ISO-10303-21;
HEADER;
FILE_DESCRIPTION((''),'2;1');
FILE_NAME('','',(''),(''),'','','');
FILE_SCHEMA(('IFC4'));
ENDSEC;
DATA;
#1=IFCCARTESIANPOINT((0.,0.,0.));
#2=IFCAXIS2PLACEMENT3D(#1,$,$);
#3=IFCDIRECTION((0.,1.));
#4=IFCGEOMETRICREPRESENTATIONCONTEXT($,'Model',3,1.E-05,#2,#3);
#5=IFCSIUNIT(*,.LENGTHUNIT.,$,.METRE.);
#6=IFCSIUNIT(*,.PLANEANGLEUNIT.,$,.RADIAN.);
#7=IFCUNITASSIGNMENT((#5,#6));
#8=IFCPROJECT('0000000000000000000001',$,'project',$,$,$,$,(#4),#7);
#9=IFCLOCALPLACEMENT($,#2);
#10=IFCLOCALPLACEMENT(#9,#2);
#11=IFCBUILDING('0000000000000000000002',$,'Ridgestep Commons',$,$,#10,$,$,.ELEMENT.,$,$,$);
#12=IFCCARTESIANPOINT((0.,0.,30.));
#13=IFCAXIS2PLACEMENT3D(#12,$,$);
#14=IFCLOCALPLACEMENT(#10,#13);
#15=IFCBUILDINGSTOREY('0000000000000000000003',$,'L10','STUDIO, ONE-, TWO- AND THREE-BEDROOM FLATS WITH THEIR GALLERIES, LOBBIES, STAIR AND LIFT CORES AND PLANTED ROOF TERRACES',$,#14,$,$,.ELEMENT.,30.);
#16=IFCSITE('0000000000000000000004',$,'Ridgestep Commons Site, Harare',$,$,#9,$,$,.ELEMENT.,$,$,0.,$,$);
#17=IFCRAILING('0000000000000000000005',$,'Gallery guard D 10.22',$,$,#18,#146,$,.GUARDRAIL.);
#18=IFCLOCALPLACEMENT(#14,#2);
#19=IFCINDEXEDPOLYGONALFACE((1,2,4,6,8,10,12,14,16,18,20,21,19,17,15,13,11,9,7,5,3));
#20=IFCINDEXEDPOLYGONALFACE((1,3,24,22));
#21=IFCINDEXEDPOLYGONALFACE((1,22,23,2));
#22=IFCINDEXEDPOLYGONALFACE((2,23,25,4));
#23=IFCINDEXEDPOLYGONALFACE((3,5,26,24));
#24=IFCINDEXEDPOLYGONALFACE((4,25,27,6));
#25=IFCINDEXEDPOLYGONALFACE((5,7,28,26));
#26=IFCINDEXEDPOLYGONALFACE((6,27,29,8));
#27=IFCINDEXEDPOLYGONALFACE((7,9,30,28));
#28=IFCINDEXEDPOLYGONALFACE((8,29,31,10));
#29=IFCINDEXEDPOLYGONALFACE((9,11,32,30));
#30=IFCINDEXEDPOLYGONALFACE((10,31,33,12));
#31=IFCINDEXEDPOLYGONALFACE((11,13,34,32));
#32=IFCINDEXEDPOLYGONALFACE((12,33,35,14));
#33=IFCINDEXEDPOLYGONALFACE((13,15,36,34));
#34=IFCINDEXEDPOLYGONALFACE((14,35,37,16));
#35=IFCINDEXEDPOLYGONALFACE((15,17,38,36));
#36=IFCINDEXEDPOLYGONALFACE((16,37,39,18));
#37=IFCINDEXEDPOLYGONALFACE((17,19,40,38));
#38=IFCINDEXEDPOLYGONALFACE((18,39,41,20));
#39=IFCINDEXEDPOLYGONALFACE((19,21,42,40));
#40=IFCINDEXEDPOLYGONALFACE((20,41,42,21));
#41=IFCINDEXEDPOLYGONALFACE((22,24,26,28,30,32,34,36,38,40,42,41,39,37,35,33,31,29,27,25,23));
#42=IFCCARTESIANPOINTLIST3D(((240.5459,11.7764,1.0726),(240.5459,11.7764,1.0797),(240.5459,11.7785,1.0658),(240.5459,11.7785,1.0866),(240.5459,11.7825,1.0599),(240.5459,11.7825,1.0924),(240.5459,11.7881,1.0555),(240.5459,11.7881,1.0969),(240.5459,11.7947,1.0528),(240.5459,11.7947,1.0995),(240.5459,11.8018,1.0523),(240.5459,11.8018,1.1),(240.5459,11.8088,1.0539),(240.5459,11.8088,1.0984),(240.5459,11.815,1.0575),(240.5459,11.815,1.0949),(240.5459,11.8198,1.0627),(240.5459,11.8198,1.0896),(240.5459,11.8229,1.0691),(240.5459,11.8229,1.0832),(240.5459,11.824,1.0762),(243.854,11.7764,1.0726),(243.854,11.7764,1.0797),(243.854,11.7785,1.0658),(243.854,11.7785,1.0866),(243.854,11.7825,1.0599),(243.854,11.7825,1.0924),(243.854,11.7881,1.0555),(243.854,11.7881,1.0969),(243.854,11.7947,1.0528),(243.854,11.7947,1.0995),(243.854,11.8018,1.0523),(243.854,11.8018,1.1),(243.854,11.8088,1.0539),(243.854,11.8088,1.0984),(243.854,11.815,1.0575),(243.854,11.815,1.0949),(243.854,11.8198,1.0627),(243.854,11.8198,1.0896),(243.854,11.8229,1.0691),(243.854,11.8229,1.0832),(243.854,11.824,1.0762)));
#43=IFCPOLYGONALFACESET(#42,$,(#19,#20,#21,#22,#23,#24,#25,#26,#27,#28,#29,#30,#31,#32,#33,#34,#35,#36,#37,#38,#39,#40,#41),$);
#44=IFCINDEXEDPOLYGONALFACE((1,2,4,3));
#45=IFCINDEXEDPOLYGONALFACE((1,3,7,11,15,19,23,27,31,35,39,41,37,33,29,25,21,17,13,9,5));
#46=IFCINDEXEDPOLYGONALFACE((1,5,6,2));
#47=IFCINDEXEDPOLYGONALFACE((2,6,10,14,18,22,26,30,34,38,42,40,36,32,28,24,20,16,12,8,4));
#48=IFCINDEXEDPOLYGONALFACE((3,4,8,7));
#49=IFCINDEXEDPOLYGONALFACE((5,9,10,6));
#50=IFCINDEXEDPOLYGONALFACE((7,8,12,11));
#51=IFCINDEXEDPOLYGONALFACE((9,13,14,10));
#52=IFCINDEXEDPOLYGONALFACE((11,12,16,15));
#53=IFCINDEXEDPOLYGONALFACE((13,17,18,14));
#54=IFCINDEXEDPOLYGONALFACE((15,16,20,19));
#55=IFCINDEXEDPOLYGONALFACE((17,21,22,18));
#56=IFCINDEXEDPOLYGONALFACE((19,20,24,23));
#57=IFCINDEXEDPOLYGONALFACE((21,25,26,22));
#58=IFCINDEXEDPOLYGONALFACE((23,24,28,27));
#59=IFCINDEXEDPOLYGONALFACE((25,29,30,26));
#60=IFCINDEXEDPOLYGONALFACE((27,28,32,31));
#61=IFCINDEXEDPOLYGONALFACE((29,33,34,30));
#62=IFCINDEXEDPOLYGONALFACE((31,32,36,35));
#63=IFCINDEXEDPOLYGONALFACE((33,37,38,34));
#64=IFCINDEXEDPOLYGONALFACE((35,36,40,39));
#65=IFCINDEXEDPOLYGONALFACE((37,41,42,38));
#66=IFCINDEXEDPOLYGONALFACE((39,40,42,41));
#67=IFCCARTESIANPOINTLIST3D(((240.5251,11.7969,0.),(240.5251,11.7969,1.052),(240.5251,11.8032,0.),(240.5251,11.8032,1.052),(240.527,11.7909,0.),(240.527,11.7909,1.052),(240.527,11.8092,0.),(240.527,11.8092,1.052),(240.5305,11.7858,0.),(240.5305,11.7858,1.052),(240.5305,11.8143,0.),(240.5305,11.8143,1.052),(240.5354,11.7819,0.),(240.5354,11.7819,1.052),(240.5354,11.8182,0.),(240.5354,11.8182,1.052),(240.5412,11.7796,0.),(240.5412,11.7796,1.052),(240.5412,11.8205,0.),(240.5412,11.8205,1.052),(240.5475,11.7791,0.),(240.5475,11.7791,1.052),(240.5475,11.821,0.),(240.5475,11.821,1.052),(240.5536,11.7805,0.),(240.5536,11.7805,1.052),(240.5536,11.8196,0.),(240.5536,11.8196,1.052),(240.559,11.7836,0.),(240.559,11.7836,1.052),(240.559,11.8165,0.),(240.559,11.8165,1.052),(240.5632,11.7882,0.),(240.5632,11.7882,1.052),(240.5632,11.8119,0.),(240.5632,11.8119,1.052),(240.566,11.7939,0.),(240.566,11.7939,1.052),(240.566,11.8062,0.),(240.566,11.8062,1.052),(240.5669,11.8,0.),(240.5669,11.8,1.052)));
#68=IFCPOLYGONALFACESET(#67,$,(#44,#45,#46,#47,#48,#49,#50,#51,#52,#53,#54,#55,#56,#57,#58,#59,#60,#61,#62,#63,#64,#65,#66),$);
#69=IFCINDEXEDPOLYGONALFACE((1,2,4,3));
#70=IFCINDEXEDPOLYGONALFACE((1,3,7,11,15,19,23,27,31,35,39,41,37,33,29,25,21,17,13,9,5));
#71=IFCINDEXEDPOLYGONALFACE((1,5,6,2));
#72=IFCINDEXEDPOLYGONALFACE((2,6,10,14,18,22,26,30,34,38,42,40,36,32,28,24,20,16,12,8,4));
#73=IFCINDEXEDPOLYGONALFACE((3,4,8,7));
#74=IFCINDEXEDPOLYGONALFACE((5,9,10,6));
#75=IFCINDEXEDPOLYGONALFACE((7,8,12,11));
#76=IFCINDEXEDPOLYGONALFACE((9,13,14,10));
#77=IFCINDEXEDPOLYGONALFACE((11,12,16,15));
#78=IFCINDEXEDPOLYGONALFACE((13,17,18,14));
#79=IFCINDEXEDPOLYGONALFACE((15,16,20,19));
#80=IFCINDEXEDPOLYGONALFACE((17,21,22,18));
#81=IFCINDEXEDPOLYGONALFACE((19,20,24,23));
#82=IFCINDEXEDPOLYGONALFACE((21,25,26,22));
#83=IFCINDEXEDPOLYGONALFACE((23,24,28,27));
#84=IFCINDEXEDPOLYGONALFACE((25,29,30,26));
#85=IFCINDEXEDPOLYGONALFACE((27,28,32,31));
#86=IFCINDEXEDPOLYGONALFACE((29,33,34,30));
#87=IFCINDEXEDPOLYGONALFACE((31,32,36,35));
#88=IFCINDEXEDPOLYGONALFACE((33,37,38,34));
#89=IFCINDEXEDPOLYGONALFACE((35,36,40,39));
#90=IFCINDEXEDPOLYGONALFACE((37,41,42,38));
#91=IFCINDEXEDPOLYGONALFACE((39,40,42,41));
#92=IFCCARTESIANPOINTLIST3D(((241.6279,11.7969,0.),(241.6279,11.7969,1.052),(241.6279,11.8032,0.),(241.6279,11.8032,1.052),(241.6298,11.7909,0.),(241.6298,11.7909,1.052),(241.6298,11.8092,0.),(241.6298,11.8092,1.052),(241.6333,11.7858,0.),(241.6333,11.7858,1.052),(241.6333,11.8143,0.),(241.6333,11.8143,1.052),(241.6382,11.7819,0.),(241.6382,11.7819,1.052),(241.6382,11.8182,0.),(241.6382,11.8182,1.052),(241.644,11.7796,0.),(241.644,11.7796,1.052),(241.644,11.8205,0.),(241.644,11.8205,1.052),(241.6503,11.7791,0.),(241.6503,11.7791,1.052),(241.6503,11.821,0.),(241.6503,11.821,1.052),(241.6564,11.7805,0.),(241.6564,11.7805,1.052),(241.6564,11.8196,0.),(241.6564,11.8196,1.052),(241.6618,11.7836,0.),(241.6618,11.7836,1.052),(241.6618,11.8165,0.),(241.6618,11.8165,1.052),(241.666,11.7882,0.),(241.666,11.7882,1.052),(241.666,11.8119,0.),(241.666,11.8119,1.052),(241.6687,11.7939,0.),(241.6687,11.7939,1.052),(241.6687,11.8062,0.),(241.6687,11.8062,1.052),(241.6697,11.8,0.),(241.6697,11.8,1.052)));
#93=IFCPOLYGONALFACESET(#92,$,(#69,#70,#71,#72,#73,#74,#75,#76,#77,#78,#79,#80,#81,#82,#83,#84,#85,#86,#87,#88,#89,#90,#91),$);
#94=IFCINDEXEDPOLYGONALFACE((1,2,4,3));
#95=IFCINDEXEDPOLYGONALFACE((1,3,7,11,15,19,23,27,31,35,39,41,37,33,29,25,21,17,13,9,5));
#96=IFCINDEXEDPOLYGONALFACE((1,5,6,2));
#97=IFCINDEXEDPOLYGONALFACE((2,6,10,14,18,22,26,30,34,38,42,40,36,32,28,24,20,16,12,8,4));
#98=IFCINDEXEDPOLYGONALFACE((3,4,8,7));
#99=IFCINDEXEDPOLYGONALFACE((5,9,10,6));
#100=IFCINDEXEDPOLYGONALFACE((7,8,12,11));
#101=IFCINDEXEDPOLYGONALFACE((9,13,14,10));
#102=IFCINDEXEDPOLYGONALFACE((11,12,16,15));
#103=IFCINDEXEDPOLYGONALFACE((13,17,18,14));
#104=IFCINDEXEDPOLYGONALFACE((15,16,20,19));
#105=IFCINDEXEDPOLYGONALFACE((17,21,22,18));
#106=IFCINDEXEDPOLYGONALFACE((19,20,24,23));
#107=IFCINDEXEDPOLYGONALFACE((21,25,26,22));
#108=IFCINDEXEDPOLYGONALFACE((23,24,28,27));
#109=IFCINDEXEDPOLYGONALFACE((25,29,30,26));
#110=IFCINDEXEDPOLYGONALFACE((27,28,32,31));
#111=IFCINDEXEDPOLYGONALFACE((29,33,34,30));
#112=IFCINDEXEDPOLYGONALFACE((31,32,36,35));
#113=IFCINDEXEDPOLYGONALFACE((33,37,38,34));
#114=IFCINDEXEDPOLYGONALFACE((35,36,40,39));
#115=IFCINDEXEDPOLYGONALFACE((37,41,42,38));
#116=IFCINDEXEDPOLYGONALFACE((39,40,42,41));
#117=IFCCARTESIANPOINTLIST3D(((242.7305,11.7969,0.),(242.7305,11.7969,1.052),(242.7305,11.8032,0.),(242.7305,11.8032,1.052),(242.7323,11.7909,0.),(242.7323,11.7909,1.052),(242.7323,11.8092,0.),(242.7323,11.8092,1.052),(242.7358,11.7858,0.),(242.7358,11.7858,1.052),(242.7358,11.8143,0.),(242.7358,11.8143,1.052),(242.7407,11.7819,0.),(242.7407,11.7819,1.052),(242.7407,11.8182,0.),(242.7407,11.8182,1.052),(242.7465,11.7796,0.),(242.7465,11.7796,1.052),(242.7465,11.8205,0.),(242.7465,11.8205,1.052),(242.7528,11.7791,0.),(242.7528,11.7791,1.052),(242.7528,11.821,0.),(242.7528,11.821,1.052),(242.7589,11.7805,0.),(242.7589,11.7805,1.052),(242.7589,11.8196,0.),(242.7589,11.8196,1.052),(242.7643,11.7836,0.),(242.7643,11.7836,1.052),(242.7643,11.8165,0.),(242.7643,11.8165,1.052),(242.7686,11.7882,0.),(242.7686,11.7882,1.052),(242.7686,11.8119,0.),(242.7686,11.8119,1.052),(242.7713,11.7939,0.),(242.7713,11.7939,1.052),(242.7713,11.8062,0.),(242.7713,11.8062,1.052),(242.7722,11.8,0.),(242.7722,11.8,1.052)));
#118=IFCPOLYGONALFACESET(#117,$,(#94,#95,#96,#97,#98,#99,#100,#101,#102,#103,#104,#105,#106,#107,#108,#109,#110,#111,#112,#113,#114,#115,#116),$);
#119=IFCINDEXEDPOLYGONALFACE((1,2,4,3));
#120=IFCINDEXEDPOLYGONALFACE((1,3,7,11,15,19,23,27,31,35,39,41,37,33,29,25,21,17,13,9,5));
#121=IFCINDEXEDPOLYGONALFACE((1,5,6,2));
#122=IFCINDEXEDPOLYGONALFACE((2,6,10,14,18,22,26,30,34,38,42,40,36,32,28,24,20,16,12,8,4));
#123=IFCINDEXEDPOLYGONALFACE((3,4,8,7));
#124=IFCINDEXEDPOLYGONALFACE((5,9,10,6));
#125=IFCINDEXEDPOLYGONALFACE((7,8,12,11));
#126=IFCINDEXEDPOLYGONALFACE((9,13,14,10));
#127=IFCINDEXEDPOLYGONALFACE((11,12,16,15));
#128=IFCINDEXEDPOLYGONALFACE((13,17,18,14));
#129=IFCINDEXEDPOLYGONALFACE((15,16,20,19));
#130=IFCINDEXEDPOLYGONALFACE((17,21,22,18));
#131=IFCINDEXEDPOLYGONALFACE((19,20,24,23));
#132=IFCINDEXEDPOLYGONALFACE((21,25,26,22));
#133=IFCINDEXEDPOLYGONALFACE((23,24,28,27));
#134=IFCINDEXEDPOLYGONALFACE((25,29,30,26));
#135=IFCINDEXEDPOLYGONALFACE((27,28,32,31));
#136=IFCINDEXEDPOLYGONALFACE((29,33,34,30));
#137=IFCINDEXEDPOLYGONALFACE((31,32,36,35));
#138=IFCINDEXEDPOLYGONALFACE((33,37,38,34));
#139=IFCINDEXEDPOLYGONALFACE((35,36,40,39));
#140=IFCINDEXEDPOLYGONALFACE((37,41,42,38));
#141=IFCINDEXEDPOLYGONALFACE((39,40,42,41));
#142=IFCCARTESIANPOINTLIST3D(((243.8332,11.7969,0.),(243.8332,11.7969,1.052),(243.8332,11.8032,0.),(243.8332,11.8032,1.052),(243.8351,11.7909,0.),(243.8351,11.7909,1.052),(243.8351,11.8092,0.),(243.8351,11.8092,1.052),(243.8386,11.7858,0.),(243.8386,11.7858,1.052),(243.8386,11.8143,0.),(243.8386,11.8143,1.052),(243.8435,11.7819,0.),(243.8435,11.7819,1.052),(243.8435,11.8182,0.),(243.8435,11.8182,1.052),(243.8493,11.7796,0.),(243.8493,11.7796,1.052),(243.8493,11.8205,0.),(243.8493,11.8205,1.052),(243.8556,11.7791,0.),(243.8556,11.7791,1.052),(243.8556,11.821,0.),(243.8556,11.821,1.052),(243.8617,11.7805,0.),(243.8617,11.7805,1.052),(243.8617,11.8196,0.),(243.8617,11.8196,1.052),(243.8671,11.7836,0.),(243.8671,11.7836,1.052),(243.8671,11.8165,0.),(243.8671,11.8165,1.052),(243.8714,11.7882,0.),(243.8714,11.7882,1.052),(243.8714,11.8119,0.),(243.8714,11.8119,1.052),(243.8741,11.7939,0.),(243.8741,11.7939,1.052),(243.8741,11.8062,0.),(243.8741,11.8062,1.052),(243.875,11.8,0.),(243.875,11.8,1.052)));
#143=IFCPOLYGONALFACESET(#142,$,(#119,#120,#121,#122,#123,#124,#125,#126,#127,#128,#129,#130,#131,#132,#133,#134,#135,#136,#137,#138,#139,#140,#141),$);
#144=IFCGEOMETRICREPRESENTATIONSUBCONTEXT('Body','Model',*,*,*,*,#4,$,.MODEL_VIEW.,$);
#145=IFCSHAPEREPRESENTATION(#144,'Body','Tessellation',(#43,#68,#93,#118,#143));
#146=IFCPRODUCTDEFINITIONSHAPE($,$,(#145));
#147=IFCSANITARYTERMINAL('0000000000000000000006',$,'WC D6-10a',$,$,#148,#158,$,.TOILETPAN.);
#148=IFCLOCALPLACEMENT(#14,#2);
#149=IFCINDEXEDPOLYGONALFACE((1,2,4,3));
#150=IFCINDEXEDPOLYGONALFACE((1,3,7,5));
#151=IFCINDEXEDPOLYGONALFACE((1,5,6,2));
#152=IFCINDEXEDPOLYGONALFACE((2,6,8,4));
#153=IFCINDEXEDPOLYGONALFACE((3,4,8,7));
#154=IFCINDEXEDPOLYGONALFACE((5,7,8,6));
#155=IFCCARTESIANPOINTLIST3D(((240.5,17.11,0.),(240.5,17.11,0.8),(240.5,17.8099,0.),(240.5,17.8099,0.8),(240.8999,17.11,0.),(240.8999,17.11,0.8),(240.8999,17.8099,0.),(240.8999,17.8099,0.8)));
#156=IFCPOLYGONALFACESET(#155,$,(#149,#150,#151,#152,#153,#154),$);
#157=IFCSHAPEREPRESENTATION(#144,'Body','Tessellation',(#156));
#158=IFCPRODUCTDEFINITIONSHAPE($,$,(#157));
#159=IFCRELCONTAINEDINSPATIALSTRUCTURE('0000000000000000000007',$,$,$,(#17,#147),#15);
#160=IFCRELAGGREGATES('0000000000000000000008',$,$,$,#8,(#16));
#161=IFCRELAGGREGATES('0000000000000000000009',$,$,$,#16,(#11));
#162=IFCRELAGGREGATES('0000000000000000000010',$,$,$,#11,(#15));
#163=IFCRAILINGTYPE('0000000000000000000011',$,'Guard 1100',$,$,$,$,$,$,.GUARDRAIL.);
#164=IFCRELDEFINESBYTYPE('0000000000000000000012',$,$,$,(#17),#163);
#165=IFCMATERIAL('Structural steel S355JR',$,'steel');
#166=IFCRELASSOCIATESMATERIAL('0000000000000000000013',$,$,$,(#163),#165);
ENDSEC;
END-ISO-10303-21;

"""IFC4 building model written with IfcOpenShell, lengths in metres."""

from ifc_helpers import new_model, si_unit, direction, frame, origin, origin_2d, place, context, subcontext, project, spatial, rectangle, circle, extrude, material, type_object, element, save


model = new_model("IFC4")

# Units and contexts
model_context = context("Model", 3, precision=1e-05, world=origin(), true_north=direction((0.0, 1.0)))
body_context = subcontext(model_context, "Body", "Model", "MODEL_VIEW")
ifc_project = project(units=[si_unit("LENGTHUNIT", "METRE"), si_unit("PLANEANGLEUNIT", "RADIAN")], contexts=[model_context])

# Site, building, storey
site_placement = place(None, origin())
site = spatial("IfcSite", under=ifc_project, at=site_placement, Name="Ridgestep Commons Site, Harare", CompositionType="ELEMENT", RefElevation=0.0)
building_placement = place(site_placement, origin())
building = spatial("IfcBuilding", under=site, at=building_placement, Name="Ridgestep Commons", CompositionType="ELEMENT")
storey_placement = place(building_placement, frame((0.0, 0.0, 30.0)))
storey = spatial("IfcBuildingStorey", under=building, at=storey_placement, Name="L10", Description="STUDIO, ONE-, TWO- AND THREE-BEDROOM FLATS WITH THEIR GALLERIES, LOBBIES, STAIR AND LIFT CORES AND PLANTED ROOF TERRACES", CompositionType="ELEMENT", Elevation=30.0)

# Railing
ifc_material_1 = material(Name="Structural steel S355JR", Category="steel")
railing_type = type_object("IfcRailingType", Name="Guard 1100", PredefinedType="GUARDRAIL", material=ifc_material_1)
railing_1_placement = place(storey_placement, frame((240.5459, 11.8, 0.0)))
element("IfcRailing", 1, at=railing_1_placement, inside=storey, type_object=railing_type, Name="Gallery guard D 10.22", PredefinedType="GUARDRAIL", context=body_context, shape_type="SweptSolid", body=[
    extrude(circle(Radius=0.0239, at=origin_2d()), frame((0.0, 0.0, 1.0762), z_axis=(1.0, 0.0, 0.0), x_axis=(0.0, 1.0, 0.0)), (0.0, 0.0, 1.0), 3.3081),
    extrude(circle(Radius=0.021, at=origin_2d()), origin(), (0.0, 0.0, 1.0), 1.052),
    extrude(circle(Radius=0.021, at=origin_2d()), frame((1.1028, 0.0, 0.0)), (0.0, 0.0, 1.0), 1.052),
    extrude(circle(Radius=0.021, at=origin_2d()), frame((2.2053, 0.0, 0.0)), (0.0, 0.0, 1.0), 1.052),
    extrude(circle(Radius=0.021, at=origin_2d()), frame((3.3081, 0.0, 0.0)), (0.0, 0.0, 1.0), 1.052),
])

# Sanitary terminal
sanitary_terminal_placement = place(storey_placement, frame((240.7, 17.46, 0.0), z_axis=(0.0, 0.0, 1.0), x_axis=(1.0, 0.0, 0.0)))
element("IfcSanitaryTerminal", 2, at=sanitary_terminal_placement, inside=storey, Name="WC D6-10a", PredefinedType="TOILETPAN", context=body_context, shape_type="SweptSolid", body=[
    extrude(rectangle(XDim=0.3999, YDim=0.7, at=origin_2d()), origin(), (0.0, 0.0, 1.0), 0.8),
])

save(model, "model.ifc")
